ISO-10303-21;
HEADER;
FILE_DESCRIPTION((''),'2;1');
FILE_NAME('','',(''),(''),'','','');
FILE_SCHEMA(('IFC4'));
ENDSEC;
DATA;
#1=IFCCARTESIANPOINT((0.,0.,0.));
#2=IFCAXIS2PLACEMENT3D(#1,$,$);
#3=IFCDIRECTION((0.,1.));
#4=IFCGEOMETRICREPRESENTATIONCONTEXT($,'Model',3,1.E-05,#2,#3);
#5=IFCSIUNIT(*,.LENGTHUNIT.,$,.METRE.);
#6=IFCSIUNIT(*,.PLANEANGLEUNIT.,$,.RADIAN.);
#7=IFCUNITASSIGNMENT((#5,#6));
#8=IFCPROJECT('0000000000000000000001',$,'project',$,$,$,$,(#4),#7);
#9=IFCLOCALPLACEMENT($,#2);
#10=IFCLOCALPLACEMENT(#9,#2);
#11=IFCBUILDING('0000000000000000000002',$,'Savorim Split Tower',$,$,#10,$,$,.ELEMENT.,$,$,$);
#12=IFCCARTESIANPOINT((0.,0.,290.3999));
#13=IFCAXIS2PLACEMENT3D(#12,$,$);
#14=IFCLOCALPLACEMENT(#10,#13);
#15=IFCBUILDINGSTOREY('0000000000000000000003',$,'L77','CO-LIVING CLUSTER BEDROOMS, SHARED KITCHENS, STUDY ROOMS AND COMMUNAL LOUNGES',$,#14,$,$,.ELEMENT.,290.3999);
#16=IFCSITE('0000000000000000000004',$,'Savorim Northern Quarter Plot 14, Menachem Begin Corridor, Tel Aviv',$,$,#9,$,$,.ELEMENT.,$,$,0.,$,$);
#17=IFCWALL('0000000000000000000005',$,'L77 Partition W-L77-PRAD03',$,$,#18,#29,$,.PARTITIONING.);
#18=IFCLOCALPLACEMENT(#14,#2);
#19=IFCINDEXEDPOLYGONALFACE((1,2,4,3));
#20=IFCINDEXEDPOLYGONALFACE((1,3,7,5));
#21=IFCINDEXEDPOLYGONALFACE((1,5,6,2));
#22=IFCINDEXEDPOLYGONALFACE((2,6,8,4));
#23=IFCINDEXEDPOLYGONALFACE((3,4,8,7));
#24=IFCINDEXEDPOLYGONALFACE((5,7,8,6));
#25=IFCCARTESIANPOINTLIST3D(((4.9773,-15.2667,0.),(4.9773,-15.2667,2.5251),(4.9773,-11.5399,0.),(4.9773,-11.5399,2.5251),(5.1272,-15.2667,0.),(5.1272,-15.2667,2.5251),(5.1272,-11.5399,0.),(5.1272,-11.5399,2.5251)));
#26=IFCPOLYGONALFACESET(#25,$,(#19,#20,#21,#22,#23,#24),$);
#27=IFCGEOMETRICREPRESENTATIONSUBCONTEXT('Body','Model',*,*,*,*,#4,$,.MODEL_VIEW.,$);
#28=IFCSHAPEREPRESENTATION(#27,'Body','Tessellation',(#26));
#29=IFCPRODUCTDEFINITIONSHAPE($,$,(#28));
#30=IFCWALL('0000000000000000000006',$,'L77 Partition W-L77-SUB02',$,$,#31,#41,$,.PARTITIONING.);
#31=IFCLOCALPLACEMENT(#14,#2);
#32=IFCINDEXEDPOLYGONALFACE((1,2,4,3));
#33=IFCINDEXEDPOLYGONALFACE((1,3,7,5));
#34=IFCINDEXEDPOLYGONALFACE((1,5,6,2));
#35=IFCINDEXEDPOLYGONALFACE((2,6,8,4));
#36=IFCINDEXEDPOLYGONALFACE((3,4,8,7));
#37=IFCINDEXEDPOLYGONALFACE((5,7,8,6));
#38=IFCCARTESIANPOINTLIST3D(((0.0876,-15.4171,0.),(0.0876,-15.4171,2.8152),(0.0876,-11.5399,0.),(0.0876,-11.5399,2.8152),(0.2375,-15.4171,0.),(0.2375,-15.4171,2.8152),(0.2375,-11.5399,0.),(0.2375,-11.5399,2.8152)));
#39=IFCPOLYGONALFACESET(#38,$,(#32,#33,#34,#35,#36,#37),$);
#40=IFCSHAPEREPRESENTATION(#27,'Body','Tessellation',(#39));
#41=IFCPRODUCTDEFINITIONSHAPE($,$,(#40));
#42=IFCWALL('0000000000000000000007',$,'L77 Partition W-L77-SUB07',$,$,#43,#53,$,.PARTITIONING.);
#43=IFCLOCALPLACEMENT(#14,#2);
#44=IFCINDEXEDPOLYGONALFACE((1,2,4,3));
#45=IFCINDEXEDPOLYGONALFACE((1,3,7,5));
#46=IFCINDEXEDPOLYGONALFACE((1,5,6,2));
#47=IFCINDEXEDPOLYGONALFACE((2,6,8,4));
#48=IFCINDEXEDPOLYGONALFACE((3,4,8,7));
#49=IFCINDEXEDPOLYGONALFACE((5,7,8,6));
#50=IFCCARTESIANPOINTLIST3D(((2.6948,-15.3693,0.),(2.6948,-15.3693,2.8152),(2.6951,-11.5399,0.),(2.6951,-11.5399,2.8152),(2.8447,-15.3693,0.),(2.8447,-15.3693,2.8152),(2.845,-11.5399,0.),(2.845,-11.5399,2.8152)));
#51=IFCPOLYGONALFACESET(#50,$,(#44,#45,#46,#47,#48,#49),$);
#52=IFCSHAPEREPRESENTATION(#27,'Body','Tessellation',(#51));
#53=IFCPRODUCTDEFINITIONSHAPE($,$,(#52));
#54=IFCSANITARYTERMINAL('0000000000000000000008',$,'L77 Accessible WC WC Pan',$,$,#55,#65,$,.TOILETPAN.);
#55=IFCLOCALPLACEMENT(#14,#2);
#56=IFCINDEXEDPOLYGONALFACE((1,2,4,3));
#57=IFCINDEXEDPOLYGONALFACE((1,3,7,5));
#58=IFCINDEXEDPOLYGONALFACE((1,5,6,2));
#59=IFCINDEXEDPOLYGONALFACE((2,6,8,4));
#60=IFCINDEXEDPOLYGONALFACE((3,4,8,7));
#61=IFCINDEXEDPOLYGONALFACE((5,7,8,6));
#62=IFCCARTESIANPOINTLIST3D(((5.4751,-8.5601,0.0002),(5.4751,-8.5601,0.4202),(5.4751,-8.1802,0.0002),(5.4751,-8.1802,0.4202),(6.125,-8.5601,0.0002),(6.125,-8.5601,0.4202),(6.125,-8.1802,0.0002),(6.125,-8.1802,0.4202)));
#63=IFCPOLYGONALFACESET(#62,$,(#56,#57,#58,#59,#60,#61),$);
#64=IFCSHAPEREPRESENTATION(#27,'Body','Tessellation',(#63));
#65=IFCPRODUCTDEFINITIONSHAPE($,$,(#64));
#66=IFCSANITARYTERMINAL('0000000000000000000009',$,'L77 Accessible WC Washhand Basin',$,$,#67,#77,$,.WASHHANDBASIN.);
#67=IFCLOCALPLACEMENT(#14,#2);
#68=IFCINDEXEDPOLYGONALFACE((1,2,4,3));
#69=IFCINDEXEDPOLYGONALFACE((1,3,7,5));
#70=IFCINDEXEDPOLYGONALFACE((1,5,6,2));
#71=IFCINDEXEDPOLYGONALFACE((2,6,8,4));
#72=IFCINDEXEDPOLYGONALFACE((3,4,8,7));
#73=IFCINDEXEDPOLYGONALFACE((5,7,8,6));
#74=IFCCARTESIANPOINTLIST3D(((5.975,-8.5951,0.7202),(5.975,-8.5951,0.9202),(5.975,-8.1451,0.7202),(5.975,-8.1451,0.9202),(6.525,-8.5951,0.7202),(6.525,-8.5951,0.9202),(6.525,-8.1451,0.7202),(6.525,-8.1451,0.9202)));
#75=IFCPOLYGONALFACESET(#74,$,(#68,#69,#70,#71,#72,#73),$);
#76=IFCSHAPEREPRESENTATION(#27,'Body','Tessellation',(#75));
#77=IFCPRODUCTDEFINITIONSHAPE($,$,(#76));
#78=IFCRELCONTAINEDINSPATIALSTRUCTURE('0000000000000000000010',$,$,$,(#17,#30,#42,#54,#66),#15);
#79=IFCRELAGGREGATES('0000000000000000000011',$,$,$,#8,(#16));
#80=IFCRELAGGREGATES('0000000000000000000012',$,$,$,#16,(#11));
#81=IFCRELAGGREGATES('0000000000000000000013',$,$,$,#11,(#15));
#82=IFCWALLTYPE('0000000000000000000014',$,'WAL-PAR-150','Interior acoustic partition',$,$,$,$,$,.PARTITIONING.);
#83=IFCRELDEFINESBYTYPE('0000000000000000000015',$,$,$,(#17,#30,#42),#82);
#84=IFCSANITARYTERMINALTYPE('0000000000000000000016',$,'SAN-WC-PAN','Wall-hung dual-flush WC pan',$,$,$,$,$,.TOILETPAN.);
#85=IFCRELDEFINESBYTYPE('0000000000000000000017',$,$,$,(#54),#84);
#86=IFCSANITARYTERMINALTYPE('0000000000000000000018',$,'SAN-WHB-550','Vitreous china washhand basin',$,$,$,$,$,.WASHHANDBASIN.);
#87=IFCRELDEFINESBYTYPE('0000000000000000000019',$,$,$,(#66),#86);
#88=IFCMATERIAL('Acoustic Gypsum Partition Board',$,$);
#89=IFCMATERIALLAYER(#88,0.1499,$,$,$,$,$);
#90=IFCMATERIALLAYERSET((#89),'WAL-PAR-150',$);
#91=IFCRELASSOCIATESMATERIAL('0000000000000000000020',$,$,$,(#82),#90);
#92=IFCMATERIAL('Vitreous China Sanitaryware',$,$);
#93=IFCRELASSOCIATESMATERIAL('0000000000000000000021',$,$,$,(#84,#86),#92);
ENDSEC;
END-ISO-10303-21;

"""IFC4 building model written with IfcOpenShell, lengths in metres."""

from ifc_helpers import new_model, si_unit, direction, frame, frame_2d, origin, origin_2d, place, context, subcontext, project, spatial, rectangle, extrude, material, layer, layer_set, type_object, element, save


model = new_model("IFC4")

# Units and contexts
model_context = context("Model", 3, precision=1e-05, world=origin(), true_north=direction((0.0, 1.0)))
body_context = subcontext(model_context, "Body", "Model", "MODEL_VIEW")
ifc_project = project(units=[si_unit("LENGTHUNIT", "METRE"), si_unit("PLANEANGLEUNIT", "RADIAN")], contexts=[model_context])

# Site, building, storey
site_placement = place(None, origin())
site = spatial("IfcSite", under=ifc_project, at=site_placement, Name="Savorim Northern Quarter Plot 14, Menachem Begin Corridor, Tel Aviv", CompositionType="ELEMENT", RefElevation=0.0)
building_placement = place(site_placement, origin())
building = spatial("IfcBuilding", under=site, at=building_placement, Name="Savorim Split Tower", CompositionType="ELEMENT")
storey_placement = place(building_placement, frame((0.0, 0.0, 290.3999)))
storey = spatial("IfcBuildingStorey", under=building, at=storey_placement, Name="L77", Description="CO-LIVING CLUSTER BEDROOMS, SHARED KITCHENS, STUDY ROOMS AND COMMUNAL LOUNGES", CompositionType="ELEMENT", Elevation=290.3999)

# Shared definitions
ifc_material_1 = material(Name="Acoustic Gypsum Partition Board")
ifc_layer_1 = layer(ifc_material_1, 0.1499)
ifc_layer_set_1 = layer_set([ifc_layer_1], Name="WAL-PAR-150")
wall_type_1 = type_object("IfcWallType", Name="WAL-PAR-150", Description="Interior acoustic partition", PredefinedType="PARTITIONING", material=ifc_layer_set_1)

# Walls
wall_1_placement = place(storey_placement, frame((5.0522, -11.54, 0.0), z_axis=(0.0, 0.0, 1.0), x_axis=(0.0, -1.0, 0.0)))
element("IfcWall", 1, at=wall_1_placement, inside=storey, type_object=wall_type_1, Name="L77 Partition W-L77-PRAD03", PredefinedType="PARTITIONING", context=body_context, shape_type="SweptSolid", body=[
    extrude(rectangle(XDim=3.7268, YDim=0.1499, at=frame_2d((1.8633, 0.0))), origin(), (0.0, 0.0, 1.0), 2.5251),
])
wall_2_placement = place(storey_placement, frame((0.1626, -11.54, 0.0), z_axis=(0.0, 0.0, 1.0), x_axis=(0.0, -1.0, 0.0)))
element("IfcWall", 2, at=wall_2_placement, inside=storey, type_object=wall_type_1, Name="L77 Partition W-L77-SUB02", PredefinedType="PARTITIONING", context=body_context, shape_type="SweptSolid", body=[
    extrude(rectangle(XDim=3.8772, YDim=0.1499, at=frame_2d((1.9385, 0.0))), origin(), (0.0, 0.0, 1.0), 2.8152),
])
wall_3_placement = place(storey_placement, frame((2.77, -11.54, 0.0), z_axis=(0.0, 0.0, 1.0), x_axis=(-0.000064, -1.0, 0.0)))
element("IfcWall", 3, at=wall_3_placement, inside=storey, type_object=wall_type_1, Name="L77 Partition W-L77-SUB07", PredefinedType="PARTITIONING", context=body_context, shape_type="SweptSolid", body=[
    extrude(rectangle(XDim=3.8293, YDim=0.1499, at=frame_2d((1.9146, 0.0))), origin(), (0.0, 0.0, 1.0), 2.8152),
])

# Sanitary terminals
ifc_material_2 = material(Name="Vitreous China Sanitaryware")
sanitary_terminal_type_1 = type_object("IfcSanitaryTerminalType", Name="SAN-WC-PAN", Description="Wall-hung dual-flush WC pan", PredefinedType="TOILETPAN", material=ifc_material_2)
sanitary_terminal_1_placement = place(storey_placement, frame((5.8, -8.3701, 0.0002), z_axis=(0.0, 0.0, 1.0), x_axis=(1.0, 0.0, 0.0)))
element("IfcSanitaryTerminal", 4, at=sanitary_terminal_1_placement, inside=storey, type_object=sanitary_terminal_type_1, Name="L77 Accessible WC WC Pan", PredefinedType="TOILETPAN", context=body_context, shape_type="SweptSolid", body=[
    extrude(rectangle(XDim=0.6499, YDim=0.3799, at=origin_2d()), origin(), (0.0, 0.0, 1.0), 0.4199),
])
sanitary_terminal_type_2 = type_object("IfcSanitaryTerminalType", Name="SAN-WHB-550", Description="Vitreous china washhand basin", PredefinedType="WASHHANDBASIN", material=ifc_material_2)
sanitary_terminal_2_placement = place(storey_placement, frame((6.25, -8.3701, 0.7202), z_axis=(0.0, 0.0, 1.0), x_axis=(1.0, 0.0, 0.0)))
element("IfcSanitaryTerminal", 5, at=sanitary_terminal_2_placement, inside=storey, type_object=sanitary_terminal_type_2, Name="L77 Accessible WC Washhand Basin", PredefinedType="WASHHANDBASIN", context=body_context, shape_type="SweptSolid", body=[
    extrude(rectangle(XDim=0.55, YDim=0.45, at=origin_2d()), origin(), (0.0, 0.0, 1.0), 0.2),
])

save(model, "model.ifc")
